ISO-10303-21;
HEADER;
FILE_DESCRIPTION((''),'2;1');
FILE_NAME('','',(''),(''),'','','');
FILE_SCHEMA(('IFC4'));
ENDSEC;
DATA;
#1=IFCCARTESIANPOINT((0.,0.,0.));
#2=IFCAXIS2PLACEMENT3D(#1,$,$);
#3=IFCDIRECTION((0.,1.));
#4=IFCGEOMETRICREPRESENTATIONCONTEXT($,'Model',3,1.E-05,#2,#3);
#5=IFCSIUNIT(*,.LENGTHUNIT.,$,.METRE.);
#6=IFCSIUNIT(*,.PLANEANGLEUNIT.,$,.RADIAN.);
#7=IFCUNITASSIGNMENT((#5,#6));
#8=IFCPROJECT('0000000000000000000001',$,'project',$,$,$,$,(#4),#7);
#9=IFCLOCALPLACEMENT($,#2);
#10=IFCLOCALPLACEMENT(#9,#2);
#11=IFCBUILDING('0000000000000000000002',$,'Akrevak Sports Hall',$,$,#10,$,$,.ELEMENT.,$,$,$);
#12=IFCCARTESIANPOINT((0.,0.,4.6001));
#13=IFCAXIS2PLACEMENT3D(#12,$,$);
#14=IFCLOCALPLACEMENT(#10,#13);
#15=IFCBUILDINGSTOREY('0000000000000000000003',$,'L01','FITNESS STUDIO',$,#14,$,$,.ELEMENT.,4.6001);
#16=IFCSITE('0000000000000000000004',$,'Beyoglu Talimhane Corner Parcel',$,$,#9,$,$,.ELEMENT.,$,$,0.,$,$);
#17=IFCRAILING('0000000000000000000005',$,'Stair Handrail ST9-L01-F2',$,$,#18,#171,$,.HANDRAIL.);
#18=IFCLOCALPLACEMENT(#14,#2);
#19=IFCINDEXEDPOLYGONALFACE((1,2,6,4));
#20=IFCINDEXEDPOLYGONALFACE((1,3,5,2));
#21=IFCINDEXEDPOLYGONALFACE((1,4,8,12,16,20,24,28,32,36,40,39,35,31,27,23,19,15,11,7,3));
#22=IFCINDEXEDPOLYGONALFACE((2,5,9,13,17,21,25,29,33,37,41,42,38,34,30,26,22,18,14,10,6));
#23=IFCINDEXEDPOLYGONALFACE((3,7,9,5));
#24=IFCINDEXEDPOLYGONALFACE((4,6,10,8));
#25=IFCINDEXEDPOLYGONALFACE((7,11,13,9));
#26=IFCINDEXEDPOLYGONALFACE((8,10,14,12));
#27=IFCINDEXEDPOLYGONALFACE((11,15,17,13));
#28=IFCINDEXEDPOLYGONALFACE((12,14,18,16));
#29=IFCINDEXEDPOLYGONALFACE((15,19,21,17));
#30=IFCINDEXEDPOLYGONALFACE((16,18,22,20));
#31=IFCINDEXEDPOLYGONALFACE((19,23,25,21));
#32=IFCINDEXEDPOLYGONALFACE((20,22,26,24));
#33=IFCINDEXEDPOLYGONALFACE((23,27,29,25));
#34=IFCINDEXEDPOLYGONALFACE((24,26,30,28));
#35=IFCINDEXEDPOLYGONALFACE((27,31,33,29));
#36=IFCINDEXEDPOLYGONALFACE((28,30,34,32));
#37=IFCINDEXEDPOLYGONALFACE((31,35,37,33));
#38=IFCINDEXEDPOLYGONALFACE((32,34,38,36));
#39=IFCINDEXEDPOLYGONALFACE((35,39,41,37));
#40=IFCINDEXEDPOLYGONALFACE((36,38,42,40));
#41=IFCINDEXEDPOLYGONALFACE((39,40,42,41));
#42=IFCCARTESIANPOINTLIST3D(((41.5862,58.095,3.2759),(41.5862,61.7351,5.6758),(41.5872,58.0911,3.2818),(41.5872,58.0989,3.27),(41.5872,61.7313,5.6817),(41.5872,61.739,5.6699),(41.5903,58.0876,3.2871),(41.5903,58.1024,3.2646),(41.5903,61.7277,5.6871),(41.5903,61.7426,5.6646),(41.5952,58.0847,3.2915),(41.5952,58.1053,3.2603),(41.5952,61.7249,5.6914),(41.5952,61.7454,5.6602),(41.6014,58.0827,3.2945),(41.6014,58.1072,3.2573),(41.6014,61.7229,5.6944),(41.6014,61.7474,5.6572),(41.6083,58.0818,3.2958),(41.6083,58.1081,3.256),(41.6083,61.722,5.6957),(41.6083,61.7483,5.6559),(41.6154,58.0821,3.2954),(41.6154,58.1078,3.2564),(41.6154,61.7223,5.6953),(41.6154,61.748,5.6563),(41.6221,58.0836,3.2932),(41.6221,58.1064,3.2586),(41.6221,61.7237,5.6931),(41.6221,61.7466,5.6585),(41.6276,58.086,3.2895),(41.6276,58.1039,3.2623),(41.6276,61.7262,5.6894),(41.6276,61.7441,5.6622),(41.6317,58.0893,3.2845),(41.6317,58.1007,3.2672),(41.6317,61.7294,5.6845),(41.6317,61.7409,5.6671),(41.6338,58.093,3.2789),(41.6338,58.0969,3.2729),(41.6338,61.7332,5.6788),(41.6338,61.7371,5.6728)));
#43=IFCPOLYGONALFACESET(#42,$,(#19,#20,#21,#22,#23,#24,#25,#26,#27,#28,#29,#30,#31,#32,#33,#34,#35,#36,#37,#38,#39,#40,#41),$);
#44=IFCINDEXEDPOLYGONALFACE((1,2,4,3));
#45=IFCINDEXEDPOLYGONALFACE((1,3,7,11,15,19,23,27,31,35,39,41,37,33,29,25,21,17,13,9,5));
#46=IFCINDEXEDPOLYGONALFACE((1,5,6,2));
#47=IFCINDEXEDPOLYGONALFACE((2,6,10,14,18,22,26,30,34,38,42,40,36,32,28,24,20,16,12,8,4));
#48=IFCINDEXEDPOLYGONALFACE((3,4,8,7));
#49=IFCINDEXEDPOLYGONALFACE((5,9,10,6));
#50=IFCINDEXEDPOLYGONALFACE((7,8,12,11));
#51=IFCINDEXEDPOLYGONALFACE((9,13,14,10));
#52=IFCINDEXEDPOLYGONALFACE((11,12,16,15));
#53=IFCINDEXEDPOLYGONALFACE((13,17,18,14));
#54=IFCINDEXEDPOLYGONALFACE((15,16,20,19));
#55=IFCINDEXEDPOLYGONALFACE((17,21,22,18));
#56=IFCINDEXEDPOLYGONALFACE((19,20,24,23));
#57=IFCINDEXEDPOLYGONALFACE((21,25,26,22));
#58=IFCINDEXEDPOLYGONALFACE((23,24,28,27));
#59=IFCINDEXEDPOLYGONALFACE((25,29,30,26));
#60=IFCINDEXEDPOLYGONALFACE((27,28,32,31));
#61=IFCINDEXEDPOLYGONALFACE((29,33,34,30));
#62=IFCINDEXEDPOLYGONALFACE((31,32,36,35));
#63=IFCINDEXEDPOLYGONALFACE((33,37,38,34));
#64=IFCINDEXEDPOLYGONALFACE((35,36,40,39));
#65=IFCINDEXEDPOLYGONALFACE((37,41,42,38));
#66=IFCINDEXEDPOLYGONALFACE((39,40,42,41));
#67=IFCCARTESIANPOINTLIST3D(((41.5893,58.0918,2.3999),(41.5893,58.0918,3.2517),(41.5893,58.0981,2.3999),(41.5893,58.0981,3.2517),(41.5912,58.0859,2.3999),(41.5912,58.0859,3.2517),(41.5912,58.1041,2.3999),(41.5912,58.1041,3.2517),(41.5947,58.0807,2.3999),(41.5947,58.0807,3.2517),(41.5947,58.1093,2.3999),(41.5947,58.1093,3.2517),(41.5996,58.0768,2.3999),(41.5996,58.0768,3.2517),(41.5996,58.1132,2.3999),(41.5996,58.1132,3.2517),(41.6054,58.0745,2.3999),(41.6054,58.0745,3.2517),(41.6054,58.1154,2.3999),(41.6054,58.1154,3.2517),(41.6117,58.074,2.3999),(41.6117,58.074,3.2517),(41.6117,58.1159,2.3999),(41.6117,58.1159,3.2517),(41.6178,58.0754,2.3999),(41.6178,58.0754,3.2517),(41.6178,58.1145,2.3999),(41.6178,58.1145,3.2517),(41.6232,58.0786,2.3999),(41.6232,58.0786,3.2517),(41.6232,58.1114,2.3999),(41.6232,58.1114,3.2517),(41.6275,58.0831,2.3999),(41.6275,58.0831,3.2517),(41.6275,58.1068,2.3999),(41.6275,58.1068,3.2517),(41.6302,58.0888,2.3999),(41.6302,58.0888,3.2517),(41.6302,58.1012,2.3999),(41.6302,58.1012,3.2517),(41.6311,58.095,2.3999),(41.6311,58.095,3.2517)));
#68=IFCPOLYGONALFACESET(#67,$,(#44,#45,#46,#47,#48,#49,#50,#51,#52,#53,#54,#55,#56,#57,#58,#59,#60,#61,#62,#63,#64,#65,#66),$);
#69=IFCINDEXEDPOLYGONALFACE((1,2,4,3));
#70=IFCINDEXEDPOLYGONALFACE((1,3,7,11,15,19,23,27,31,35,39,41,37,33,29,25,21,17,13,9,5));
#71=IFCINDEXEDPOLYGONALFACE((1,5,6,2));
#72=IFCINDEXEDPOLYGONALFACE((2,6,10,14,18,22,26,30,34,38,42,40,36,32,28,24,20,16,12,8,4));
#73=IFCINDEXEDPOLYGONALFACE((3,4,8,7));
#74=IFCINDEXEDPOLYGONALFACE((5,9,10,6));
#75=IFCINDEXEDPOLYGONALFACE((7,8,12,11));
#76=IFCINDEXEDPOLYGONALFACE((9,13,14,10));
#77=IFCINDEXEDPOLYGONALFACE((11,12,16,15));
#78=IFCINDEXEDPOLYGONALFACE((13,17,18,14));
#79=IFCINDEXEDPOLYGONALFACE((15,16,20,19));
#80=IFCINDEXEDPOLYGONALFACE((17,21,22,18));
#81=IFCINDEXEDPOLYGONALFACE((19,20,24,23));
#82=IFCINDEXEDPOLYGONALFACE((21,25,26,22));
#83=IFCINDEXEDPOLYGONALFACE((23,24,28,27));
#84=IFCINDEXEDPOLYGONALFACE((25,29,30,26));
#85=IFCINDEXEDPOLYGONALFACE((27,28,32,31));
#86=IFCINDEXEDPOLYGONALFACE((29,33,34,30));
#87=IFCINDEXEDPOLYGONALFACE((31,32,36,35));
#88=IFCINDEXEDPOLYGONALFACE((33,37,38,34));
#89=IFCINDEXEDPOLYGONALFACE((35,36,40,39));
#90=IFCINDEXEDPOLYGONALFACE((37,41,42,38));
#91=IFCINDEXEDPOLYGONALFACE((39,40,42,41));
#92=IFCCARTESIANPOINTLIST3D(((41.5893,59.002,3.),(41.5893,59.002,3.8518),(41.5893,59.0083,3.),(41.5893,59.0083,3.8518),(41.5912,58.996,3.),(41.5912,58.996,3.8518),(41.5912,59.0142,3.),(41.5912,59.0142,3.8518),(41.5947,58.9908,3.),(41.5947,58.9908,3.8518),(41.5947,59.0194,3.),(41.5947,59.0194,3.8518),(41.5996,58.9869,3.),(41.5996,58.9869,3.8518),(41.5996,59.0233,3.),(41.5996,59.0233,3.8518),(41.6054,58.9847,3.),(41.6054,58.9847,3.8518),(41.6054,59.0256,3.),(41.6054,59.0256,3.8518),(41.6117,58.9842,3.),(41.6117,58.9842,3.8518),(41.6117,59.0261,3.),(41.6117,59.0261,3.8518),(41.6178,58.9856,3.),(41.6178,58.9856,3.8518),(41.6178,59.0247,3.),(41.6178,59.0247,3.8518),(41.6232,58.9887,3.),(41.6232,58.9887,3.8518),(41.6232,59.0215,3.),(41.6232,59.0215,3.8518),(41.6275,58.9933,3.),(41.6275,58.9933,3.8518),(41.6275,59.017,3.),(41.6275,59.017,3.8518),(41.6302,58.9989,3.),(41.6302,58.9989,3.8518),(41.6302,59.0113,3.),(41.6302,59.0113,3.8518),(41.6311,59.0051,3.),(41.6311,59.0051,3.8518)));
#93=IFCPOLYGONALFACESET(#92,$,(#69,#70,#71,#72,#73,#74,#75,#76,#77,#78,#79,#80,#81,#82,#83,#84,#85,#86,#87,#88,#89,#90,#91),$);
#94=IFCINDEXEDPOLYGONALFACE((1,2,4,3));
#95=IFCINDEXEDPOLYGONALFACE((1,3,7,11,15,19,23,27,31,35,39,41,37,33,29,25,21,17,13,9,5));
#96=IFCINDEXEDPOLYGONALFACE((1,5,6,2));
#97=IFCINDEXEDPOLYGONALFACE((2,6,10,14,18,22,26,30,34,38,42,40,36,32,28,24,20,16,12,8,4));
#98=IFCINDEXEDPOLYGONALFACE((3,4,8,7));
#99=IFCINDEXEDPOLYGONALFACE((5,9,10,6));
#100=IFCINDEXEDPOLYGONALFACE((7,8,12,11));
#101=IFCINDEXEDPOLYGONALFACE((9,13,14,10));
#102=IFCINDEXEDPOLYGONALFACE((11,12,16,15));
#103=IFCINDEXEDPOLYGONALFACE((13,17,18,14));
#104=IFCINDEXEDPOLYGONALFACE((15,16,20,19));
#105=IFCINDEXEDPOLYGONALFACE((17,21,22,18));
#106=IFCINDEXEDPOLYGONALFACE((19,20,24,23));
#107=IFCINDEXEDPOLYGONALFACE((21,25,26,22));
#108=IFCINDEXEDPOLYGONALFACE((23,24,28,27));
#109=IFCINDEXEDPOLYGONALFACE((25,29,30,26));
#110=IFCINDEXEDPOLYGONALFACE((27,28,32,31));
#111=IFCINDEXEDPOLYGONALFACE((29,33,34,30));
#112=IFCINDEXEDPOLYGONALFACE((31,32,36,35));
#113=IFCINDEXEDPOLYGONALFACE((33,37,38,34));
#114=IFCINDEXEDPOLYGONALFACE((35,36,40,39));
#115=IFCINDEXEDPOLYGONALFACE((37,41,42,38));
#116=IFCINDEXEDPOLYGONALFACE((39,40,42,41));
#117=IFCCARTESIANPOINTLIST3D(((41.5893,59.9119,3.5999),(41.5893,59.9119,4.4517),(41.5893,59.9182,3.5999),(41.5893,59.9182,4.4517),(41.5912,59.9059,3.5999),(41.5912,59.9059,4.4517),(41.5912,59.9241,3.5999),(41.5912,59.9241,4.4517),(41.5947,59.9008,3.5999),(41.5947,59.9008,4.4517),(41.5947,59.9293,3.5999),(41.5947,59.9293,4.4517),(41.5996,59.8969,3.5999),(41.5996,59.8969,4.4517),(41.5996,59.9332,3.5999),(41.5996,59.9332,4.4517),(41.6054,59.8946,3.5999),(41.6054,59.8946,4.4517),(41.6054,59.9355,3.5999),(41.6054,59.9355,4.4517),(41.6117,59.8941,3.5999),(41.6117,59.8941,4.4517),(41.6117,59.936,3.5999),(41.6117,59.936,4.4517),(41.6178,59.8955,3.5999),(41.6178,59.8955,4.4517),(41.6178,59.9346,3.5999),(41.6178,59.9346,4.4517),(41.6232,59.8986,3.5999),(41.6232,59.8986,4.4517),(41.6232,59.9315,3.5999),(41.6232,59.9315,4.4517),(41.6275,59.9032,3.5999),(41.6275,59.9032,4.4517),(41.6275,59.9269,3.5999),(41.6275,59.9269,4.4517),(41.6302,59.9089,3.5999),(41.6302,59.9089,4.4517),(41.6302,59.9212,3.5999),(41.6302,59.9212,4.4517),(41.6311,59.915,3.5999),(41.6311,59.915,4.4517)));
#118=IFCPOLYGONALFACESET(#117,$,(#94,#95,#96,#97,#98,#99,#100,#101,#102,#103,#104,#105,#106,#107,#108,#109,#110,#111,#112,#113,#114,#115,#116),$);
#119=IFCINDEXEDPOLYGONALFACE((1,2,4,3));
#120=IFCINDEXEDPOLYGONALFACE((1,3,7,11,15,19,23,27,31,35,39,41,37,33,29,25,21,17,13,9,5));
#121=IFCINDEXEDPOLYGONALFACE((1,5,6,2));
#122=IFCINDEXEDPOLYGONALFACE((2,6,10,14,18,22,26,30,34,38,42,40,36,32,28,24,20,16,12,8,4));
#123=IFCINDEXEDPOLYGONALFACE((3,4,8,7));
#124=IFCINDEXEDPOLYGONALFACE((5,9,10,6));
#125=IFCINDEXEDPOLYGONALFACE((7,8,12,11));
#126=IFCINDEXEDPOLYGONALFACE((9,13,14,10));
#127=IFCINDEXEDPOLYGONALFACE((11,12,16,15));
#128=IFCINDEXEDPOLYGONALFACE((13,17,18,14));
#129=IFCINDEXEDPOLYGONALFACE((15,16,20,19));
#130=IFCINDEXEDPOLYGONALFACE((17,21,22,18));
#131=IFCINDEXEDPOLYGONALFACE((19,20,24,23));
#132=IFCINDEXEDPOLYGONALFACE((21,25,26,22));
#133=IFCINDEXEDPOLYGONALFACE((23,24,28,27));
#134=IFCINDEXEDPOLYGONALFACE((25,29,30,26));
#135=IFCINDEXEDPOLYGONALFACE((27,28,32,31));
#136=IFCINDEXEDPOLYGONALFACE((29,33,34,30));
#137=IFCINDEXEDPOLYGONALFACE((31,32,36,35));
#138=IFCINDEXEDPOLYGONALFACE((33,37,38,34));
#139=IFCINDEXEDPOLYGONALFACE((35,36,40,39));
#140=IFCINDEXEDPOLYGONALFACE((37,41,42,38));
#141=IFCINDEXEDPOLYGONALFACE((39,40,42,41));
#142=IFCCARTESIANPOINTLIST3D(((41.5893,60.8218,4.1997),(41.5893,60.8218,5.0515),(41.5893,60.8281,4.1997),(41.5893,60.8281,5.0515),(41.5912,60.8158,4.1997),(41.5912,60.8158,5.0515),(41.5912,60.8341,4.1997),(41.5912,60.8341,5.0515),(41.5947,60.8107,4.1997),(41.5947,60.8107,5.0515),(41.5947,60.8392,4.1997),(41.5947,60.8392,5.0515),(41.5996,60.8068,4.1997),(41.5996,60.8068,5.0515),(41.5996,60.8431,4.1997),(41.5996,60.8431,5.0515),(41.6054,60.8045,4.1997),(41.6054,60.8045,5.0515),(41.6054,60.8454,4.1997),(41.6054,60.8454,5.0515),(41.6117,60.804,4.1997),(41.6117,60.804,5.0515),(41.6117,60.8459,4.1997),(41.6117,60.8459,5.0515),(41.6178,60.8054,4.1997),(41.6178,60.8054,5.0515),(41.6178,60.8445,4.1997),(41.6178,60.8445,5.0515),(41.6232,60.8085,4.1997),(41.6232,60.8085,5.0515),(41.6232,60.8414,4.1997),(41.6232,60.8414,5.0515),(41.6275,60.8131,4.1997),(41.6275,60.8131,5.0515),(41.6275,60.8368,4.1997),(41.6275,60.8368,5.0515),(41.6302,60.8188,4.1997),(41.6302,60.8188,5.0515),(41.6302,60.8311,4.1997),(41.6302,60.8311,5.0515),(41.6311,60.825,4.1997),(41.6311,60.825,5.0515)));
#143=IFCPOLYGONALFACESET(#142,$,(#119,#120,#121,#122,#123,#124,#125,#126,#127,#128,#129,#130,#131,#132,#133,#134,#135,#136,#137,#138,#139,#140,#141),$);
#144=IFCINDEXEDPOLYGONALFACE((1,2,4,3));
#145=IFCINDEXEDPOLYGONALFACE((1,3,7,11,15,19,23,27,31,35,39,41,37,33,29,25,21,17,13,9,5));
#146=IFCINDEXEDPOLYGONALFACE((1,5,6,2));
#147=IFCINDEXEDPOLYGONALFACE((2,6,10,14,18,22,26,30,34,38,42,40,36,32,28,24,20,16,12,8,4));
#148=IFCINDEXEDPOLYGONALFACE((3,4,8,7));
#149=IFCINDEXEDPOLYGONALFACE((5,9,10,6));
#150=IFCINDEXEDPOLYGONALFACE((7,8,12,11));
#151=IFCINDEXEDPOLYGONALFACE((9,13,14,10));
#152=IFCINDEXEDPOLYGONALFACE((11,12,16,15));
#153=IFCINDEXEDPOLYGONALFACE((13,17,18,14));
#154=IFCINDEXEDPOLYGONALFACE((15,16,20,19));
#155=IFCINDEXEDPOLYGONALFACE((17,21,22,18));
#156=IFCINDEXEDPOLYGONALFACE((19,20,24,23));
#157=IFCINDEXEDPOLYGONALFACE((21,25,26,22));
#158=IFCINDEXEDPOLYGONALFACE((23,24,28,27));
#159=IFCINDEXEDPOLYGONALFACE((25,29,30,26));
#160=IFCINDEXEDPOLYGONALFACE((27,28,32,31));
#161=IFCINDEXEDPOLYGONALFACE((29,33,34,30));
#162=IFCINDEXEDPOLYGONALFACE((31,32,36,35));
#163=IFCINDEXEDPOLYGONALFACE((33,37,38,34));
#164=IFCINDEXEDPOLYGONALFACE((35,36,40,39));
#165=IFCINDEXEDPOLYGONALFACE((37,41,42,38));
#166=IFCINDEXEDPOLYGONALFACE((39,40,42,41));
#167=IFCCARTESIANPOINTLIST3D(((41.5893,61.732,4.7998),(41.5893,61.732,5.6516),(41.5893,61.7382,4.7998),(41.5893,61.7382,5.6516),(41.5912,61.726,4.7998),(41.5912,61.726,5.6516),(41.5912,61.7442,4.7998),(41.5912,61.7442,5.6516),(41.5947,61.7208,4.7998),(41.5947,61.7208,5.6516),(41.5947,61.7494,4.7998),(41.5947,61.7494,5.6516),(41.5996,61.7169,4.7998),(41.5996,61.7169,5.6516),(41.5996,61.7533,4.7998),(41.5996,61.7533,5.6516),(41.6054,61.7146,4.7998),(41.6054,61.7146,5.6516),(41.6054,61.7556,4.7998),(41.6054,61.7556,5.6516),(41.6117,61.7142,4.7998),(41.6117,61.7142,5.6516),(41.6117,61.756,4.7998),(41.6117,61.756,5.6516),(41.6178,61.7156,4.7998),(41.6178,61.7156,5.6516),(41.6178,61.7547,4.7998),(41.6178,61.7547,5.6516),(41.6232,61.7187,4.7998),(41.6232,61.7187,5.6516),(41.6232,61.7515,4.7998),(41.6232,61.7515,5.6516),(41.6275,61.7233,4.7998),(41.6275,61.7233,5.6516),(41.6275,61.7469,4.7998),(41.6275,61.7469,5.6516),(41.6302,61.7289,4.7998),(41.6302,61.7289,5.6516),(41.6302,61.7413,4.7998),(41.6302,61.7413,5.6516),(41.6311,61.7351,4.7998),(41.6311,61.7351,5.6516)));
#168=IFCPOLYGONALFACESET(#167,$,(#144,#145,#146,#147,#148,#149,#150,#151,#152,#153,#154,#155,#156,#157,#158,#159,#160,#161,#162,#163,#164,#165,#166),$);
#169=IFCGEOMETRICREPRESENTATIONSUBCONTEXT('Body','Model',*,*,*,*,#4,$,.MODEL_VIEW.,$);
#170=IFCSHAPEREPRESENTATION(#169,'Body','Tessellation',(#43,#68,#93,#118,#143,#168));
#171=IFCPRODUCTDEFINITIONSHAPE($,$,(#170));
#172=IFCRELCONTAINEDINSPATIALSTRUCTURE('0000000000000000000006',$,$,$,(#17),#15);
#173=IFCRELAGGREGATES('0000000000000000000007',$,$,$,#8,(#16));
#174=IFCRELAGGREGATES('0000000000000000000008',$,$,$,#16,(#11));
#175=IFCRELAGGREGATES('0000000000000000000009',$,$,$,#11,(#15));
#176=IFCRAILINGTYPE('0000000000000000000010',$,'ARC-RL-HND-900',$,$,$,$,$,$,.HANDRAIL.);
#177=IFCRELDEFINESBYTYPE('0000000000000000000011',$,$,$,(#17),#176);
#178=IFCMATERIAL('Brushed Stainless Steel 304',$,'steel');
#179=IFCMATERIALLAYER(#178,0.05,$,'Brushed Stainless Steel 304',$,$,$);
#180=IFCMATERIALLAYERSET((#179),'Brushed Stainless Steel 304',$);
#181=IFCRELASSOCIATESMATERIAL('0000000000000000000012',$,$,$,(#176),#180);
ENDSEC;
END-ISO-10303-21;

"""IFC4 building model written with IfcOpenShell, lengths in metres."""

from ifc_helpers import new_model, si_unit, direction, frame, origin, origin_2d, place, context, subcontext, project, spatial, circle, extrude, material, layer, layer_set, type_object, element, save


model = new_model("IFC4")

# Units and contexts
model_context = context("Model", 3, precision=1e-05, world=origin(), true_north=direction((0.0, 1.0)))
body_context = subcontext(model_context, "Body", "Model", "MODEL_VIEW")
ifc_project = project(units=[si_unit("LENGTHUNIT", "METRE"), si_unit("PLANEANGLEUNIT", "RADIAN")], contexts=[model_context])

# Site, building, storey
site_placement = place(None, origin())
site = spatial("IfcSite", under=ifc_project, at=site_placement, Name="Beyoglu Talimhane Corner Parcel", CompositionType="ELEMENT", RefElevation=0.0)
building_placement = place(site_placement, origin())
building = spatial("IfcBuilding", under=site, at=building_placement, Name="Akrevak Sports Hall", CompositionType="ELEMENT")
storey_placement = place(building_placement, frame((0.0, 0.0, 4.6001)))
storey = spatial("IfcBuildingStorey", under=building, at=storey_placement, Name="L01", Description="FITNESS STUDIO", CompositionType="ELEMENT", Elevation=4.6001)

# Railing
ifc_material_1 = material(Name="Brushed Stainless Steel 304", Category="steel")
ifc_layer_1 = layer(ifc_material_1, 0.05, Name="Brushed Stainless Steel 304")
ifc_layer_set_1 = layer_set([ifc_layer_1], Name="Brushed Stainless Steel 304")
railing_type_1 = type_object("IfcRailingType", Name="ARC-RL-HND-900", PredefinedType="HANDRAIL", material=ifc_layer_set_1)
railing_1_placement = place(storey_placement, frame((41.6101, 58.095, 2.3999)))
element("IfcRailing", 1, at=railing_1_placement, inside=storey, type_object=railing_type_1, Name="Stair Handrail ST9-L01-F2", PredefinedType="HANDRAIL", context=body_context, shape_type="SweptSolid", body=[
    extrude(circle(Radius=0.0239, at=origin_2d()), frame((0.0, 0.0, 0.876), z_axis=(0.0, 0.834882, 0.550429), x_axis=(-1.0, 0.0, 0.0)), (0.0, 0.0, 1.0), 4.3601),
    extrude(circle(Radius=0.021, at=origin_2d()), origin(), (0.0, 0.0, 1.0), 0.8518),
    extrude(circle(Radius=0.021, at=origin_2d()), frame((0.0, 0.9102, 0.6001)), (0.0, 0.0, 1.0), 0.8518),
    extrude(circle(Radius=0.021, at=origin_2d()), frame((0.0, 1.8201, 1.2)), (0.0, 0.0, 1.0), 0.8518),
    extrude(circle(Radius=0.021, at=origin_2d()), frame((0.0, 2.73, 1.7998)), (0.0, 0.0, 1.0), 0.8518),
    extrude(circle(Radius=0.021, at=origin_2d()), frame((0.0, 3.6401, 2.3999)), (0.0, 0.0, 1.0), 0.8518),
])

save(model, "model.ifc")
